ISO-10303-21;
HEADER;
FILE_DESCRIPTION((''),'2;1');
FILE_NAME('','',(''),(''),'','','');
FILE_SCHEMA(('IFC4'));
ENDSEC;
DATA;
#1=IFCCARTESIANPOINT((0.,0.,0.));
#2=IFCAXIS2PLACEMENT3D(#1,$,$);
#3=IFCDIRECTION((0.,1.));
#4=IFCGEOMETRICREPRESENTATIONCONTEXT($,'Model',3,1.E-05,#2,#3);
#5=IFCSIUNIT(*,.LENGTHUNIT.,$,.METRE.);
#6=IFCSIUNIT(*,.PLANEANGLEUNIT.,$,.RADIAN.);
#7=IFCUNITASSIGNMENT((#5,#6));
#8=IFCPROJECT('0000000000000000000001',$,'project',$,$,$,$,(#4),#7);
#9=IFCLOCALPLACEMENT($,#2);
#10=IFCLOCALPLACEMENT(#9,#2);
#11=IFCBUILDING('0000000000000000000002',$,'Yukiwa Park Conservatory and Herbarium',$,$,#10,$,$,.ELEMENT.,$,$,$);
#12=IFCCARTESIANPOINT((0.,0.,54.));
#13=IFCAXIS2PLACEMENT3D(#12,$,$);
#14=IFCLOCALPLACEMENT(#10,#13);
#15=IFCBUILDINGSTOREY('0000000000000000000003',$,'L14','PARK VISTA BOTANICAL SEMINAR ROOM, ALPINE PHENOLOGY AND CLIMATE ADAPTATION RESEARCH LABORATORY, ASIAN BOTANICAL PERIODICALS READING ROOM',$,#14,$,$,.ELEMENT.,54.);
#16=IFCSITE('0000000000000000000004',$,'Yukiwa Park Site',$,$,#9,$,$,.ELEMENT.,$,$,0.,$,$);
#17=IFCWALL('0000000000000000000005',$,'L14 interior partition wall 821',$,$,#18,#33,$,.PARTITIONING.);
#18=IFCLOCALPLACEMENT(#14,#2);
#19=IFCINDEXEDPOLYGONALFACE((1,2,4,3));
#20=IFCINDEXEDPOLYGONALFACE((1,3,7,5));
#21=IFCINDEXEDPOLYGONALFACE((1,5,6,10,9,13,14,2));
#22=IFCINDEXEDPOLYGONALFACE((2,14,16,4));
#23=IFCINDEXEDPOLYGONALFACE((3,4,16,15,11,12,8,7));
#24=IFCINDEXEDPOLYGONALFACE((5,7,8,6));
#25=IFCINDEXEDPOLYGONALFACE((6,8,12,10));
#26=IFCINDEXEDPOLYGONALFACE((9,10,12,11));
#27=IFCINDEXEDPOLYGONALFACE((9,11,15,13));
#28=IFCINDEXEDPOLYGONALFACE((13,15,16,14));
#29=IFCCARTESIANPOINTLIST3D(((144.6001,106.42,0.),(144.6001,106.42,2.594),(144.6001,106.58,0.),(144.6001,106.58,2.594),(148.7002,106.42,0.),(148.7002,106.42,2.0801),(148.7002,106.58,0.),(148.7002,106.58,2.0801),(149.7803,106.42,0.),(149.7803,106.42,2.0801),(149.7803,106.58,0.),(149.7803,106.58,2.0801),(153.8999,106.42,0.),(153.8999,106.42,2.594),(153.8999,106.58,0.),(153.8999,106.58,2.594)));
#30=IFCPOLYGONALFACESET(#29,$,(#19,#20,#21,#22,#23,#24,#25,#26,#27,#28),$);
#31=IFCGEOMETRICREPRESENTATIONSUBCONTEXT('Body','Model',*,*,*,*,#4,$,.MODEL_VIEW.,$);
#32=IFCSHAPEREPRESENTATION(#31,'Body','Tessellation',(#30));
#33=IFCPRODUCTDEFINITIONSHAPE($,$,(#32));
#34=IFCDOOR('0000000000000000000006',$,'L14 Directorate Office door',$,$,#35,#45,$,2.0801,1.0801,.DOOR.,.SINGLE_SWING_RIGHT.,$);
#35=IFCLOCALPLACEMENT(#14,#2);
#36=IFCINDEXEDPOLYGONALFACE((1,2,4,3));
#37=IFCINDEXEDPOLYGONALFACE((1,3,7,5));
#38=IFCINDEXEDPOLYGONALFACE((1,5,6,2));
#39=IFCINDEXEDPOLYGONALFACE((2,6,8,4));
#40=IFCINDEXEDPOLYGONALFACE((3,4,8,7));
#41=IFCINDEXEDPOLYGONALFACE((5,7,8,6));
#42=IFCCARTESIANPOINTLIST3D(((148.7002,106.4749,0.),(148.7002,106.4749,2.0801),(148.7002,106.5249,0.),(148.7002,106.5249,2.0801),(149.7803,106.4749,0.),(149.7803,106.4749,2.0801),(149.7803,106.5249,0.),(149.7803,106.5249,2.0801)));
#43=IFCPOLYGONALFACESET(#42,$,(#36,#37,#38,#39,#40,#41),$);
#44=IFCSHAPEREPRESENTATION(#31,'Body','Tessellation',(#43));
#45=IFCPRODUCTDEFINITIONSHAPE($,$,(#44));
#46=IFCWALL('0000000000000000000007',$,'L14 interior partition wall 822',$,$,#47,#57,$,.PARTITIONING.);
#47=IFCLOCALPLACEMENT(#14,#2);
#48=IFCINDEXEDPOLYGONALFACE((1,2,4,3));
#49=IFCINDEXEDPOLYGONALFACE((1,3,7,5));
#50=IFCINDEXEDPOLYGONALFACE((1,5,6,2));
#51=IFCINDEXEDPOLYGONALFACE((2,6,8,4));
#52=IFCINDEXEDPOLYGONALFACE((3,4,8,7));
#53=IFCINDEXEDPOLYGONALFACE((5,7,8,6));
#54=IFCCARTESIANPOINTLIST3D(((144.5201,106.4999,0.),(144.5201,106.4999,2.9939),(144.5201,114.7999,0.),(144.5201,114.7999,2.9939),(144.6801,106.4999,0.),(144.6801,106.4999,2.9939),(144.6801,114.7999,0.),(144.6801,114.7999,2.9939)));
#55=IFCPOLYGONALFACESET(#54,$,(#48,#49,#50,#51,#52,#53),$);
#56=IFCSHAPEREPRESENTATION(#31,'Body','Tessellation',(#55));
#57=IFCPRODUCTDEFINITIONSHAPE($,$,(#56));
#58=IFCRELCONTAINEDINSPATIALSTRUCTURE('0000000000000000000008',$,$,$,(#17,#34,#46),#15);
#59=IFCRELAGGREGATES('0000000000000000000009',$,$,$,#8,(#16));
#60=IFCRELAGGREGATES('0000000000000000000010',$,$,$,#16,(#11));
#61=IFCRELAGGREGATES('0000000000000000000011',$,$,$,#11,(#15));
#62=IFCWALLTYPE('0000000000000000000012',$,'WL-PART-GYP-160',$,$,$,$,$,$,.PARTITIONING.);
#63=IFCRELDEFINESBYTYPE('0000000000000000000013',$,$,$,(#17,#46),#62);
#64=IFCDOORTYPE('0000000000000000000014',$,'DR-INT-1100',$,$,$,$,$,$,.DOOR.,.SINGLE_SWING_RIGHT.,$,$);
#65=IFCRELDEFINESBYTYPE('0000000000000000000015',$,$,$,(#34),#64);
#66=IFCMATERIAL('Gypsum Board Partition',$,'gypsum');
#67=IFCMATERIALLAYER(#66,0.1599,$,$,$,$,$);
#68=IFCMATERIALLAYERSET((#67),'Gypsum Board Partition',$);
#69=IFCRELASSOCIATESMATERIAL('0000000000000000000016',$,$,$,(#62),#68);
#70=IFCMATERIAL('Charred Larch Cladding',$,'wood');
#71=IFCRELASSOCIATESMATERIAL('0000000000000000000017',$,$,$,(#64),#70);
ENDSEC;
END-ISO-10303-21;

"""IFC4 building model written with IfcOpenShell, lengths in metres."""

from ifc_helpers import new_model, si_unit, direction, frame, frame_2d, origin, place, context, subcontext, project, spatial, rectangle, extrude, material, layer, layer_set, type_object, element, fill, save


model = new_model("IFC4")

# Units and contexts
model_context = context("Model", 3, precision=1e-05, world=origin(), true_north=direction((0.0, 1.0)))
body_context = subcontext(model_context, "Body", "Model", "MODEL_VIEW")
ifc_project = project(units=[si_unit("LENGTHUNIT", "METRE"), si_unit("PLANEANGLEUNIT", "RADIAN")], contexts=[model_context])

# Site, building, storey
site_placement = place(None, origin())
site = spatial("IfcSite", under=ifc_project, at=site_placement, Name="Yukiwa Park Site", CompositionType="ELEMENT", RefElevation=0.0)
building_placement = place(site_placement, origin())
building = spatial("IfcBuilding", under=site, at=building_placement, Name="Yukiwa Park Conservatory and Herbarium", CompositionType="ELEMENT")
storey_placement = place(building_placement, frame((0.0, 0.0, 54.0)))
storey = spatial("IfcBuildingStorey", under=building, at=storey_placement, Name="L14", Description="PARK VISTA BOTANICAL SEMINAR ROOM, ALPINE PHENOLOGY AND CLIMATE ADAPTATION RESEARCH LABORATORY, ASIAN BOTANICAL PERIODICALS READING ROOM", CompositionType="ELEMENT", Elevation=54.0)

# Wall, opening, door
ifc_material_1 = material(Name="Gypsum Board Partition", Category="gypsum")
ifc_layer_1 = layer(ifc_material_1, 0.1599)
ifc_layer_set_1 = layer_set([ifc_layer_1], Name="Gypsum Board Partition")
wall_type_1 = type_object("IfcWallType", Name="WL-PART-GYP-160", PredefinedType="PARTITIONING", material=ifc_layer_set_1)
wall_1_placement = place(storey_placement, frame((144.6001, 106.5, 0.0), z_axis=(0.0, 0.0, 1.0), x_axis=(1.0, 0.0, 0.0)))
wall_1 = element("IfcWall", 1, at=wall_1_placement, inside=storey, type_object=wall_type_1, Name="L14 interior partition wall 821", PredefinedType="PARTITIONING", context=body_context, shape_type="SweptSolid", body=[
    extrude(rectangle(XDim=9.2998, YDim=0.1599, at=frame_2d((4.6499, 0.0))), origin(), (0.0, 0.0, 1.0), 2.594),
])
opening_placement = place(wall_1_placement, frame((4.1001, 0.0, 0.0)))
opening = element("IfcOpeningElement", 2, at=opening_placement, cuts=wall_1, PredefinedType="OPENING", context=body_context, shape_type="SweptSolid", body=[
    extrude(rectangle(XDim=1.0801, YDim=2.0801, at=frame_2d((0.54, 1.04))), frame((0.0, 0.0898, 0.0), z_axis=(0.0, -1.0, 0.0), x_axis=(1.0, 0.0, 0.0)), (0.0, 0.0, 1.0), 0.1799),
])
ifc_material_2 = material(Name="Charred Larch Cladding", Category="wood")
door_type = type_object("IfcDoorType", Name="DR-INT-1100", OperationType="SINGLE_SWING_RIGHT", PredefinedType="DOOR", material=ifc_material_2)
door_placement = place(opening_placement, origin())
door = element("IfcDoor", 3, at=door_placement, inside=storey, type_object=door_type, Name="L14 Directorate Office door", OperationType="SINGLE_SWING_RIGHT", OverallHeight=2.0801, OverallWidth=1.0801, PredefinedType="DOOR", context=body_context, shape_type="SweptSolid", body=[
    extrude(rectangle(XDim=1.0801, YDim=2.0801, at=frame_2d((0.54, 1.04))), frame((0.0, 0.0249, 0.0), z_axis=(0.0, -1.0, 0.0), x_axis=(1.0, 0.0, 0.0)), (0.0, 0.0, 1.0), 0.05),
])
fill(opening, door)

# Wall
wall_2_placement = place(storey_placement, frame((144.6001, 106.5, 0.0), z_axis=(0.0, 0.0, 1.0), x_axis=(0.0, 1.0, 0.0)))
element("IfcWall", 4, at=wall_2_placement, inside=storey, type_object=wall_type_1, Name="L14 interior partition wall 822", PredefinedType="PARTITIONING", context=body_context, shape_type="SweptSolid", body=[
    extrude(rectangle(XDim=8.3, YDim=0.1599, at=frame_2d((4.1499, 0.0))), origin(), (0.0, 0.0, 1.0), 2.9939),
])

save(model, "model.ifc")
